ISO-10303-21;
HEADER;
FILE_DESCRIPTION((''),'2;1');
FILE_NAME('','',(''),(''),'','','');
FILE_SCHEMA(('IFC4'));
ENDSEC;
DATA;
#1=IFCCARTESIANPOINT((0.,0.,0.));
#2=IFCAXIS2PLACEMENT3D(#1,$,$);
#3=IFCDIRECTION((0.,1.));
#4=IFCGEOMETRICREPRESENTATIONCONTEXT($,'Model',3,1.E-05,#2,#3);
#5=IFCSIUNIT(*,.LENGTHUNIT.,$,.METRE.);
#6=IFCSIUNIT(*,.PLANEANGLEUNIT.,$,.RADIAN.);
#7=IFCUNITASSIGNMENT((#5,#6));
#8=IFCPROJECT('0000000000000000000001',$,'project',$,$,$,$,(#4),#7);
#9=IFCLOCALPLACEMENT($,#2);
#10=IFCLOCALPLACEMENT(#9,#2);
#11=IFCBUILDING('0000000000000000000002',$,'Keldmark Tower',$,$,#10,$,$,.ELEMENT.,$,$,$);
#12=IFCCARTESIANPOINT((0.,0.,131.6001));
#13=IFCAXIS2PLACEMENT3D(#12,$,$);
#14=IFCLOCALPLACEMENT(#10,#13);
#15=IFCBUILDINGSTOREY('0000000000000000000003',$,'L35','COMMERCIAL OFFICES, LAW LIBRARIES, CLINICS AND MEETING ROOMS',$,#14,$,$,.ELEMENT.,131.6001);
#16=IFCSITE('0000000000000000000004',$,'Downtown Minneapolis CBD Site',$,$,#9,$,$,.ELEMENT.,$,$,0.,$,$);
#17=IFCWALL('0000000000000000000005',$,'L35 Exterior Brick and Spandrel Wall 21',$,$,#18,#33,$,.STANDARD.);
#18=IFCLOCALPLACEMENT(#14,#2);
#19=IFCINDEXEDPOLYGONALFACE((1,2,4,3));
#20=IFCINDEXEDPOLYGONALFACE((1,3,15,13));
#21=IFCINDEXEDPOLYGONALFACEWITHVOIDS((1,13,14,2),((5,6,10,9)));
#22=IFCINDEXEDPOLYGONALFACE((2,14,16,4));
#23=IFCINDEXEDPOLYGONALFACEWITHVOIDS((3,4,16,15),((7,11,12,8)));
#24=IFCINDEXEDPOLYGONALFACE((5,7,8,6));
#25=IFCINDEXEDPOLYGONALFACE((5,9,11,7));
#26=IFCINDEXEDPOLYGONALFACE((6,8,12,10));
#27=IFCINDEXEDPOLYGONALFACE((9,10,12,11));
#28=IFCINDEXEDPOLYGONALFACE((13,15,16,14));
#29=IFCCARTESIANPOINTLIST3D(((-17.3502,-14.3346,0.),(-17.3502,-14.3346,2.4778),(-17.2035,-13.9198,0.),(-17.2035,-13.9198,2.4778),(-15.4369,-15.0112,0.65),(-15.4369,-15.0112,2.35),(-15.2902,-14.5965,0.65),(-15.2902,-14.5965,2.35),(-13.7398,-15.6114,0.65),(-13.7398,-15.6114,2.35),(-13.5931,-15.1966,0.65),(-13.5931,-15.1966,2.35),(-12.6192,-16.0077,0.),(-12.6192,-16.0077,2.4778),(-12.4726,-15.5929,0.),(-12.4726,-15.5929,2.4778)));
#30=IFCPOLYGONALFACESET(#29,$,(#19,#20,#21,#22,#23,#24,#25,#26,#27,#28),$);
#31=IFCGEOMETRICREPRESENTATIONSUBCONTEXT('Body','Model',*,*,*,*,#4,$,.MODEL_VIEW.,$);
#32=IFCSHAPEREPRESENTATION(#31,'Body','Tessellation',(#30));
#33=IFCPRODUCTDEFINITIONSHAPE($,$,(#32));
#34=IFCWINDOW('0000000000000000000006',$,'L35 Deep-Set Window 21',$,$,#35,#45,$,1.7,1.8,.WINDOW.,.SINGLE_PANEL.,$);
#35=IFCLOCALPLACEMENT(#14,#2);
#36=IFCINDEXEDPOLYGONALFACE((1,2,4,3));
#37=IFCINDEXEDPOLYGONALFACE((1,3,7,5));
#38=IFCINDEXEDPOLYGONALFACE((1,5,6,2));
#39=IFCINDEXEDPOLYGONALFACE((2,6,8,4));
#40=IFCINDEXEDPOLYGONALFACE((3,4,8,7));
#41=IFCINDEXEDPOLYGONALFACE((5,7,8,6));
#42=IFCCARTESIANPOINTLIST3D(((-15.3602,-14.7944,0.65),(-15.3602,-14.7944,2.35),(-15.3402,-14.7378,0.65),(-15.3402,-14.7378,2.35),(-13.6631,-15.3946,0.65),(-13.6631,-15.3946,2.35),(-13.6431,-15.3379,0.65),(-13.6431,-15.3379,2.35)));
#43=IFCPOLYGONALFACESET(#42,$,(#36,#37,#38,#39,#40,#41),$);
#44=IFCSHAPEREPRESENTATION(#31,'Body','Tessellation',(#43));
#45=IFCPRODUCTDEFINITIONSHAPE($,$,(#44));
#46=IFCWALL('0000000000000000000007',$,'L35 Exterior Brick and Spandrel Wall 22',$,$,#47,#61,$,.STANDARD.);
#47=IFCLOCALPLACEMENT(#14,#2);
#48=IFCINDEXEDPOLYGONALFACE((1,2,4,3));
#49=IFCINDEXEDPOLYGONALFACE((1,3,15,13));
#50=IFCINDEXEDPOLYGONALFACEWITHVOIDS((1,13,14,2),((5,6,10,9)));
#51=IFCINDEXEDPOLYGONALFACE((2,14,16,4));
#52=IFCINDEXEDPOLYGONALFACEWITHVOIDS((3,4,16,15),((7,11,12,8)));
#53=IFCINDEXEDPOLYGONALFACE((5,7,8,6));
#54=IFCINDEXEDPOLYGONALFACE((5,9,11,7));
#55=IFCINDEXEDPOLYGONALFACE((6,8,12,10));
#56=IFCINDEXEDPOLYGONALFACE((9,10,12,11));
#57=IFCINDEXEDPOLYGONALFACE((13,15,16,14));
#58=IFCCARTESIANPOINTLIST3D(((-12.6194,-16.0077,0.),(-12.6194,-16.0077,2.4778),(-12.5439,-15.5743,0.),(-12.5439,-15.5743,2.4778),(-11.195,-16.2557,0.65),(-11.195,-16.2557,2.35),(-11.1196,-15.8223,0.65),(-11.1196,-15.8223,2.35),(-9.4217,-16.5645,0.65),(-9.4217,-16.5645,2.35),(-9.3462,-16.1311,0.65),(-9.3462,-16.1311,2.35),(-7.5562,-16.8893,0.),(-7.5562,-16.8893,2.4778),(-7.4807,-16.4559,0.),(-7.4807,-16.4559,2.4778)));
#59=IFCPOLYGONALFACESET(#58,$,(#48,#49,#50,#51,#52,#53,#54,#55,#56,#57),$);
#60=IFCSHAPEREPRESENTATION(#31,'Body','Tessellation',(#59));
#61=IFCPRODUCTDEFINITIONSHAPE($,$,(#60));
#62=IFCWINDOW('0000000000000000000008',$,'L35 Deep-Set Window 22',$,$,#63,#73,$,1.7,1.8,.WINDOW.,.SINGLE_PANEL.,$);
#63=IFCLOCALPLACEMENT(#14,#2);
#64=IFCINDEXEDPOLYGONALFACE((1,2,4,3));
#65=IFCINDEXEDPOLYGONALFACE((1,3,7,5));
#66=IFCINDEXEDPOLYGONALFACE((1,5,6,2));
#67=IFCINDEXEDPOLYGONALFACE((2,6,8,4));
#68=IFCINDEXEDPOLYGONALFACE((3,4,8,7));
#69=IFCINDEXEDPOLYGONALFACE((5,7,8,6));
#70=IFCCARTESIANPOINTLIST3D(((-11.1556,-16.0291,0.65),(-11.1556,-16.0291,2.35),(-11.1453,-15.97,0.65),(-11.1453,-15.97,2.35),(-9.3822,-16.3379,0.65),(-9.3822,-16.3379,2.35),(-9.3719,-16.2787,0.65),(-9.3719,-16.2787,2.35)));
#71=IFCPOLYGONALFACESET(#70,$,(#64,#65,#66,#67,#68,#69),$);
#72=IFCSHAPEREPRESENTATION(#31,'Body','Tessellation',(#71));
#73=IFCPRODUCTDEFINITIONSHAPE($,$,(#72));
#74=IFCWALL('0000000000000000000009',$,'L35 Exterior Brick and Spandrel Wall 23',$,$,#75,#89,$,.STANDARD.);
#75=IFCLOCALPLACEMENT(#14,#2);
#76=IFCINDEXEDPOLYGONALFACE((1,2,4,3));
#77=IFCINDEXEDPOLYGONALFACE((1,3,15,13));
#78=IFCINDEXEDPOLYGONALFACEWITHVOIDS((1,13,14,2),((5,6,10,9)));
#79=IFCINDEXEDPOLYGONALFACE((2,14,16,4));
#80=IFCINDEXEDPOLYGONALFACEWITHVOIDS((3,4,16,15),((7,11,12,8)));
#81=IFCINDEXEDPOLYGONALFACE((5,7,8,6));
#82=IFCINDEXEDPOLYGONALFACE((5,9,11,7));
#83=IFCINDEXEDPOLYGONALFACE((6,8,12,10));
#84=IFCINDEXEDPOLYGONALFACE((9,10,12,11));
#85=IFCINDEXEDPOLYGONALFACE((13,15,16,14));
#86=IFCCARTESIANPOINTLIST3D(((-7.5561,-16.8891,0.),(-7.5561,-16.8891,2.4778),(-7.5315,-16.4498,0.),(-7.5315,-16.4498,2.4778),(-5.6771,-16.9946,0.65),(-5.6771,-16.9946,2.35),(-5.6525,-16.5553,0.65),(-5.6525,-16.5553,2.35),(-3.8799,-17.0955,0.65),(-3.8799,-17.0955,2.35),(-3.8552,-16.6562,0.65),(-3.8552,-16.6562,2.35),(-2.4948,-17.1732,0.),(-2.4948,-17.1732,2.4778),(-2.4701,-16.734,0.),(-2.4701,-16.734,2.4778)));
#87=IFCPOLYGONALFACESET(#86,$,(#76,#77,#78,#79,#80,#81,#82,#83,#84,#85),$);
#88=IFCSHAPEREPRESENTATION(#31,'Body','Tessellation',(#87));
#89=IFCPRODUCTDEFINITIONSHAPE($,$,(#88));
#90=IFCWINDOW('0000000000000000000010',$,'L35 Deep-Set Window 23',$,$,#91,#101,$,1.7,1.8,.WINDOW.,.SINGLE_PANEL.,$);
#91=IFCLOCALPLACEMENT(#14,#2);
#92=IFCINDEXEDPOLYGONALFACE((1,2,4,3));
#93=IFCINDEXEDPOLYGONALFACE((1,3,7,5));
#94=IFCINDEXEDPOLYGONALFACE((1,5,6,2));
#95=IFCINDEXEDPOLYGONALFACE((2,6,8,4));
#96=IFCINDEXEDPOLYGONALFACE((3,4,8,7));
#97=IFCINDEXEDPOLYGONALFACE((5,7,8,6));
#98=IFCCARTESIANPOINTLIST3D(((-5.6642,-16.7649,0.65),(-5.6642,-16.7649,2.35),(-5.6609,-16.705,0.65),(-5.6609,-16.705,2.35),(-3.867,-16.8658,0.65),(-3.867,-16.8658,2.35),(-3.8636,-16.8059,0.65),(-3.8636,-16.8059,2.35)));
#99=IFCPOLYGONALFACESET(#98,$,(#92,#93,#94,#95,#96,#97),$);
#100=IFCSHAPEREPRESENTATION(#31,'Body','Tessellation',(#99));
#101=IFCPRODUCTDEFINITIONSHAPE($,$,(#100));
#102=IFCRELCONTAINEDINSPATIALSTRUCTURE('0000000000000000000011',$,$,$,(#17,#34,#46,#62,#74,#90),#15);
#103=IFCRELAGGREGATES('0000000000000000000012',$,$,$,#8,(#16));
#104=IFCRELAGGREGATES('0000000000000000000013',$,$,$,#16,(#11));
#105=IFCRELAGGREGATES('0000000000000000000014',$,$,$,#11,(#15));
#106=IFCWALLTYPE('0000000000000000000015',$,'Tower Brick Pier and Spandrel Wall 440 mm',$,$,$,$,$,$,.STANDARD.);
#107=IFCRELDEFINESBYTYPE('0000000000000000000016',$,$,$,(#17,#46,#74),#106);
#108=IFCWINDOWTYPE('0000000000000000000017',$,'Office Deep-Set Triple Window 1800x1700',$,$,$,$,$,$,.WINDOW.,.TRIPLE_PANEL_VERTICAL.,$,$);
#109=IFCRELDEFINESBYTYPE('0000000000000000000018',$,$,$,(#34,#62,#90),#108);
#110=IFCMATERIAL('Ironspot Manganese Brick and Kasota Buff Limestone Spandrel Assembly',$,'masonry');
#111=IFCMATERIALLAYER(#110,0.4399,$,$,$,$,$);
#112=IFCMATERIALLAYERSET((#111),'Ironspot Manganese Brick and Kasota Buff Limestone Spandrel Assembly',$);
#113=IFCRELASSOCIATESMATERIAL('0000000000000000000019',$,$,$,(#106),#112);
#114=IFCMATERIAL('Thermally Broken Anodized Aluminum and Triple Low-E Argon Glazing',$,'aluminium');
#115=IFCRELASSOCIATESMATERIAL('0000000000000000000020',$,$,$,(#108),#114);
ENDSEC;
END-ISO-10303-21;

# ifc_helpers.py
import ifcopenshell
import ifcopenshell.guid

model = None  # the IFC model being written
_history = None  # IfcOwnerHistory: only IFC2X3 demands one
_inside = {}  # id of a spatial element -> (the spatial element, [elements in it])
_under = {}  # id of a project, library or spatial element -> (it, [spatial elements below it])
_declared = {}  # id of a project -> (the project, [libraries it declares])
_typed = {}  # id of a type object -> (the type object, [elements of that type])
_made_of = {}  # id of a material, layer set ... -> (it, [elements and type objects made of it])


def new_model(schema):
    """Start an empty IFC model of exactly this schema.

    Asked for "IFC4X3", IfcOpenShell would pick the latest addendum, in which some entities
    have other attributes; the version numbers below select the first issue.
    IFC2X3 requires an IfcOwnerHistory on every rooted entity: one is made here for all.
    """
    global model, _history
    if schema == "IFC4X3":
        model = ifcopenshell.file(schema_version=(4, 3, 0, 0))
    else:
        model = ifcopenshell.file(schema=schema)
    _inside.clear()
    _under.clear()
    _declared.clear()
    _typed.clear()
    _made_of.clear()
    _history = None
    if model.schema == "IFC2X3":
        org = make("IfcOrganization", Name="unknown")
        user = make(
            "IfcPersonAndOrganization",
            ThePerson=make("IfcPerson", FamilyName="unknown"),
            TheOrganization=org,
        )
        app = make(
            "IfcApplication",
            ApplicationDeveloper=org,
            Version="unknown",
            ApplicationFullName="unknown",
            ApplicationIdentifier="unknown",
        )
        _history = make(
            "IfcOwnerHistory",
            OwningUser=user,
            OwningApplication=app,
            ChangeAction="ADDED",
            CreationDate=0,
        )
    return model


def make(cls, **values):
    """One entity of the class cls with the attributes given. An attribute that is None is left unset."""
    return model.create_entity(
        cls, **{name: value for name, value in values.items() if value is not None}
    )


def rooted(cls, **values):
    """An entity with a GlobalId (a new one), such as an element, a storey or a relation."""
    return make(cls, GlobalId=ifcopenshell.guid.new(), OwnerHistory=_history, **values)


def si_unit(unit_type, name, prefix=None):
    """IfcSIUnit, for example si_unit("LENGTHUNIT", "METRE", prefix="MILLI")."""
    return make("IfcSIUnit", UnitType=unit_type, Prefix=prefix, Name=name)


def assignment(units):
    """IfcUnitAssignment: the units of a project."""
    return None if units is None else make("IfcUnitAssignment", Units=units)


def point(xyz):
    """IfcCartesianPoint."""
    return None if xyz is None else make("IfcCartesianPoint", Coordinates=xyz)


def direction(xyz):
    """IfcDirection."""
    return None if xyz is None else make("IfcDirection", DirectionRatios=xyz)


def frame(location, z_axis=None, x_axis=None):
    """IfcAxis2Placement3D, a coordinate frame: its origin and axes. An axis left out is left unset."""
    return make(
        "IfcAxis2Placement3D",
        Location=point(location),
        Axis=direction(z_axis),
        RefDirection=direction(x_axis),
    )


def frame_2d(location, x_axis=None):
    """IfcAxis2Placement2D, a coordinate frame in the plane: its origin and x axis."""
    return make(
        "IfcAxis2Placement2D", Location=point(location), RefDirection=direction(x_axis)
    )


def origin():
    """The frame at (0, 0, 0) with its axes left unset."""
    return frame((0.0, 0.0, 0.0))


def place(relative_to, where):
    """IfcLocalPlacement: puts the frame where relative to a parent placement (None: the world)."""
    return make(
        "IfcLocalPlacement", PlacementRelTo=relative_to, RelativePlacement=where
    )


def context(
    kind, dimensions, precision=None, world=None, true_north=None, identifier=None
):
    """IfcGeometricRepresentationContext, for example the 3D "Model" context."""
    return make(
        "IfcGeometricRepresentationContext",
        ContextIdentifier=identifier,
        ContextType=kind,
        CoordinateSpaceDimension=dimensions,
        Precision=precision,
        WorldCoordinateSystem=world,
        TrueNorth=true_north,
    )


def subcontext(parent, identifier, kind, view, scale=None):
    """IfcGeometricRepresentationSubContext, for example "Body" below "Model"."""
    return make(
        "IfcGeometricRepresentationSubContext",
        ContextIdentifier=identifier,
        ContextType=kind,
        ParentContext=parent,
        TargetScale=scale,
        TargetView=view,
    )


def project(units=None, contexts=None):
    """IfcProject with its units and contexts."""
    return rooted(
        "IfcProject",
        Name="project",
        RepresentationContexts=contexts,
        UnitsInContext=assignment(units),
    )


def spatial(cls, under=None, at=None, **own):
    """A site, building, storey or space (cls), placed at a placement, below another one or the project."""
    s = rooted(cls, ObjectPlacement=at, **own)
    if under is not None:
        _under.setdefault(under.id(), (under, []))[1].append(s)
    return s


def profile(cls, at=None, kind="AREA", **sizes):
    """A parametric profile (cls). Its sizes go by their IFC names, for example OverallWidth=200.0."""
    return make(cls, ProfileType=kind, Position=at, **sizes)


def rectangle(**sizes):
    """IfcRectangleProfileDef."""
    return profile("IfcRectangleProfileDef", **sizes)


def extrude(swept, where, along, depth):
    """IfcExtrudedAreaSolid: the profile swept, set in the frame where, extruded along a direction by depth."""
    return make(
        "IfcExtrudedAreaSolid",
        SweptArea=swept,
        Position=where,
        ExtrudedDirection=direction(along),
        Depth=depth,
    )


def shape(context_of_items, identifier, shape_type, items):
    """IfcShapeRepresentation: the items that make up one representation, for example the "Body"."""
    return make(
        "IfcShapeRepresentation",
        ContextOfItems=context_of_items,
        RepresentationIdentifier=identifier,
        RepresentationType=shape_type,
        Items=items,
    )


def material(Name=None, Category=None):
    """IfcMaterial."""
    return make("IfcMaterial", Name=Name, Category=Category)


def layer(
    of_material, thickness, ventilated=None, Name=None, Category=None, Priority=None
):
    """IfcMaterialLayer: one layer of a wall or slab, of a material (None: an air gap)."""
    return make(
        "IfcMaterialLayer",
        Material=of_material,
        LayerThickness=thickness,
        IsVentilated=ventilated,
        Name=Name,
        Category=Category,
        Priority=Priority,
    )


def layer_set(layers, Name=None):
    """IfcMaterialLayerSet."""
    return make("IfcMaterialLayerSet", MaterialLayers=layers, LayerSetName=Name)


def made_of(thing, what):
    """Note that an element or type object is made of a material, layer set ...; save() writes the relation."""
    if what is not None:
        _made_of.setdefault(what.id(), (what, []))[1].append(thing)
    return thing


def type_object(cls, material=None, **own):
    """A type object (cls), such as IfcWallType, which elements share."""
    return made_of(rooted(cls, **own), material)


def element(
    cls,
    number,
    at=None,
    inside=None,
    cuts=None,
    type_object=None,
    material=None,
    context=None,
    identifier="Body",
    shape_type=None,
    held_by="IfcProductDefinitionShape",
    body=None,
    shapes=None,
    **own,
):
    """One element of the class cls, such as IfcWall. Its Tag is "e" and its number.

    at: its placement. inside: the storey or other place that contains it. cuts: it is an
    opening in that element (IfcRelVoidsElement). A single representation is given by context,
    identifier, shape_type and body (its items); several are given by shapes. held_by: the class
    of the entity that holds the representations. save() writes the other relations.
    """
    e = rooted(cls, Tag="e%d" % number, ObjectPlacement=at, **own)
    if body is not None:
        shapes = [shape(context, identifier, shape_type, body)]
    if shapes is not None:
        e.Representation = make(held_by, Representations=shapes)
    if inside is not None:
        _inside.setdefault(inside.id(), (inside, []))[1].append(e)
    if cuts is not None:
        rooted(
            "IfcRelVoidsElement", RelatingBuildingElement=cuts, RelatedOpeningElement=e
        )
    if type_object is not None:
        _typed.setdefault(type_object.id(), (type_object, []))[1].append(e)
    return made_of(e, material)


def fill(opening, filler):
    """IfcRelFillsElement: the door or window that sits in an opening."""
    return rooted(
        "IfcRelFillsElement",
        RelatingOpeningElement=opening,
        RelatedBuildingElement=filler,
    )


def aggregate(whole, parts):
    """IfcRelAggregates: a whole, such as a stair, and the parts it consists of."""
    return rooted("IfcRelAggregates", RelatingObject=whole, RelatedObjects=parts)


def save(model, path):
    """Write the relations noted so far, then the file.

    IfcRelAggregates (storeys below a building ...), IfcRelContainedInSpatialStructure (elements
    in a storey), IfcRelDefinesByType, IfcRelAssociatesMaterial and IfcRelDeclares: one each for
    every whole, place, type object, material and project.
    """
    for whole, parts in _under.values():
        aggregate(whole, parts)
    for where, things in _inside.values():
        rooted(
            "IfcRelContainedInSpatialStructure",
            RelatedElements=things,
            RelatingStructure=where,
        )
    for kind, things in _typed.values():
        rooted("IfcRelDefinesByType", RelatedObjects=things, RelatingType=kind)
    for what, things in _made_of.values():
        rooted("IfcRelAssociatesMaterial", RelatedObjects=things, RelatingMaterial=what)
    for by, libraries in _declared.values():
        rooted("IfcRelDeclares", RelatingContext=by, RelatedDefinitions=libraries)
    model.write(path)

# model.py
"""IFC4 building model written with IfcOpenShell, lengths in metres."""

from ifc_helpers import new_model, si_unit, direction, frame, frame_2d, origin, place, context, subcontext, project, spatial, rectangle, extrude, material, layer, layer_set, type_object, element, fill, save


model = new_model("IFC4")

# Units and contexts
model_context = context("Model", 3, precision=1e-05, world=origin(), true_north=direction((0.0, 1.0)))
body_context = subcontext(model_context, "Body", "Model", "MODEL_VIEW")
ifc_project = project(units=[si_unit("LENGTHUNIT", "METRE"), si_unit("PLANEANGLEUNIT", "RADIAN")], contexts=[model_context])

# Site, building, storey
site_placement = place(None, origin())
site = spatial("IfcSite", under=ifc_project, at=site_placement, Name="Downtown Minneapolis CBD Site", CompositionType="ELEMENT", RefElevation=0.0)
building_placement = place(site_placement, origin())
building = spatial("IfcBuilding", under=site, at=building_placement, Name="Keldmark Tower", CompositionType="ELEMENT")
storey_placement = place(building_placement, frame((0.0, 0.0, 131.6001)))
storey = spatial("IfcBuildingStorey", under=building, at=storey_placement, Name="L35", Description="COMMERCIAL OFFICES, LAW LIBRARIES, CLINICS AND MEETING ROOMS", CompositionType="ELEMENT", Elevation=131.6001)

# Walls, openings, windows
ifc_material_1 = material(Name="Ironspot Manganese Brick and Kasota Buff Limestone Spandrel Assembly", Category="masonry")
ifc_layer_1 = layer(ifc_material_1, 0.4399)
ifc_layer_set_1 = layer_set([ifc_layer_1], Name="Ironspot Manganese Brick and Kasota Buff Limestone Spandrel Assembly")
wall_type_1 = type_object("IfcWallType", Name="Tower Brick Pier and Spandrel Wall 440 mm", PredefinedType="STANDARD", material=ifc_layer_set_1)
wall_1_placement = place(storey_placement, frame((-12.5459, -15.8003, 0.0), z_axis=(0.0, 0.0, 1.0), x_axis=(-0.942781, 0.333413, 0.0)))
wall_1 = element("IfcWall", 1, at=wall_1_placement, inside=storey, type_object=wall_type_1, Name="L35 Exterior Brick and Spandrel Wall 21", PredefinedType="STANDARD", context=body_context, shape_type="SweptSolid", body=[
    extrude(rectangle(XDim=5.0181, YDim=0.4399, at=frame_2d((2.509, 0.0))), origin(), (0.0, 0.0, 1.0), 2.4778),
])
opening_1_placement = place(wall_1_placement, frame((1.1887, 0.0, 0.6499)))
opening_1 = element("IfcOpeningElement", 2, at=opening_1_placement, cuts=wall_1, PredefinedType="OPENING", context=body_context, shape_type="SweptSolid", body=[
    extrude(rectangle(XDim=1.8, YDim=1.7, at=frame_2d((0.8999, 0.8501))), frame((0.0, 0.23, 0.0), z_axis=(0.0, -1.0, 0.0), x_axis=(1.0, 0.0, 0.0)), (0.0, 0.0, 1.0), 0.46),
])
ifc_material_2 = material(Name="Thermally Broken Anodized Aluminum and Triple Low-E Argon Glazing", Category="aluminium")
window_type = type_object("IfcWindowType", Name="Office Deep-Set Triple Window 1800x1700", PartitioningType="TRIPLE_PANEL_VERTICAL", PredefinedType="WINDOW", material=ifc_material_2)
window_1_placement = place(opening_1_placement, origin())
window_1 = element("IfcWindow", 3, at=window_1_placement, inside=storey, type_object=window_type, Name="L35 Deep-Set Window 21", OverallHeight=1.7, OverallWidth=1.8, PartitioningType="SINGLE_PANEL", PredefinedType="WINDOW", context=body_context, shape_type="SweptSolid", body=[
    extrude(rectangle(XDim=1.8, YDim=1.7, at=frame_2d((0.8999, 0.8501))), frame((0.0, -0.01, 0.0), z_axis=(0.0, -1.0, 0.0), x_axis=(1.0, 0.0, 0.0)), (0.0, 0.0, 1.0), 0.0601),
])
fill(opening_1, window_1)
wall_2_placement = place(storey_placement, frame((-7.5183, -16.6726, 0.0), z_axis=(0.0, 0.0, 1.0), x_axis=(-0.985178, 0.171536, 0.0)))
wall_2 = element("IfcWall", 4, at=wall_2_placement, inside=storey, type_object=wall_type_1, Name="L35 Exterior Brick and Spandrel Wall 22", PredefinedType="STANDARD", context=body_context, shape_type="SweptSolid", body=[
    extrude(rectangle(XDim=5.1394, YDim=0.4399, at=frame_2d((2.5698, 0.0))), origin(), (0.0, 0.0, 1.0), 2.4778),
])
opening_2_placement = place(wall_2_placement, frame((1.8938, 0.0, 0.6499)))
opening_2 = element("IfcOpeningElement", 5, at=opening_2_placement, cuts=wall_2, PredefinedType="OPENING", context=body_context, shape_type="SweptSolid", body=[
    extrude(rectangle(XDim=1.8, YDim=1.7, at=frame_2d((0.8999, 0.8501))), frame((0.0, 0.23, 0.0), z_axis=(0.0, -1.0, 0.0), x_axis=(1.0, 0.0, 0.0)), (0.0, 0.0, 1.0), 0.46),
])
window_2_placement = place(opening_2_placement, origin())
window_2 = element("IfcWindow", 6, at=window_2_placement, inside=storey, type_object=window_type, Name="L35 Deep-Set Window 22", OverallHeight=1.7, OverallWidth=1.8, PartitioningType="SINGLE_PANEL", PredefinedType="WINDOW", context=body_context, shape_type="SweptSolid", body=[
    extrude(rectangle(XDim=1.8, YDim=1.7, at=frame_2d((0.8999, 0.8501))), frame((0.0, -0.01, 0.0), z_axis=(0.0, -1.0, 0.0), x_axis=(1.0, 0.0, 0.0)), (0.0, 0.0, 1.0), 0.0601),
])
fill(opening_2, window_2)
wall_3_placement = place(storey_placement, frame((-2.4824, -16.9536, 0.0), z_axis=(0.0, 0.0, 1.0), x_axis=(-0.998427, 0.05606, 0.0)))
wall_3 = element("IfcWall", 7, at=wall_3_placement, inside=storey, type_object=wall_type_1, Name="L35 Exterior Brick and Spandrel Wall 23", PredefinedType="STANDARD", context=body_context, shape_type="SweptSolid", body=[
    extrude(rectangle(XDim=5.0693, YDim=0.4399, at=frame_2d((2.5347, 0.0))), origin(), (0.0, 0.0, 1.0), 2.4778),
])
opening_3_placement = place(wall_3_placement, frame((1.3875, 0.0, 0.6499)))
opening_3 = element("IfcOpeningElement", 8, at=opening_3_placement, cuts=wall_3, PredefinedType="OPENING", context=body_context, shape_type="SweptSolid", body=[
    extrude(rectangle(XDim=1.8, YDim=1.7, at=frame_2d((0.8999, 0.8501))), frame((0.0, 0.23, 0.0), z_axis=(0.0, -1.0, 0.0), x_axis=(1.0, 0.0, 0.0)), (0.0, 0.0, 1.0), 0.46),
])
window_3_placement = place(opening_3_placement, origin())
window_3 = element("IfcWindow", 9, at=window_3_placement, inside=storey, type_object=window_type, Name="L35 Deep-Set Window 23", OverallHeight=1.7, OverallWidth=1.8, PartitioningType="SINGLE_PANEL", PredefinedType="WINDOW", context=body_context, shape_type="SweptSolid", body=[
    extrude(rectangle(XDim=1.8, YDim=1.7, at=frame_2d((0.8999, 0.8501))), frame((0.0, -0.01, 0.0), z_axis=(0.0, -1.0, 0.0), x_axis=(1.0, 0.0, 0.0)), (0.0, 0.0, 1.0), 0.0601),
])
fill(opening_3, window_3)

save(model, "model.ifc")
